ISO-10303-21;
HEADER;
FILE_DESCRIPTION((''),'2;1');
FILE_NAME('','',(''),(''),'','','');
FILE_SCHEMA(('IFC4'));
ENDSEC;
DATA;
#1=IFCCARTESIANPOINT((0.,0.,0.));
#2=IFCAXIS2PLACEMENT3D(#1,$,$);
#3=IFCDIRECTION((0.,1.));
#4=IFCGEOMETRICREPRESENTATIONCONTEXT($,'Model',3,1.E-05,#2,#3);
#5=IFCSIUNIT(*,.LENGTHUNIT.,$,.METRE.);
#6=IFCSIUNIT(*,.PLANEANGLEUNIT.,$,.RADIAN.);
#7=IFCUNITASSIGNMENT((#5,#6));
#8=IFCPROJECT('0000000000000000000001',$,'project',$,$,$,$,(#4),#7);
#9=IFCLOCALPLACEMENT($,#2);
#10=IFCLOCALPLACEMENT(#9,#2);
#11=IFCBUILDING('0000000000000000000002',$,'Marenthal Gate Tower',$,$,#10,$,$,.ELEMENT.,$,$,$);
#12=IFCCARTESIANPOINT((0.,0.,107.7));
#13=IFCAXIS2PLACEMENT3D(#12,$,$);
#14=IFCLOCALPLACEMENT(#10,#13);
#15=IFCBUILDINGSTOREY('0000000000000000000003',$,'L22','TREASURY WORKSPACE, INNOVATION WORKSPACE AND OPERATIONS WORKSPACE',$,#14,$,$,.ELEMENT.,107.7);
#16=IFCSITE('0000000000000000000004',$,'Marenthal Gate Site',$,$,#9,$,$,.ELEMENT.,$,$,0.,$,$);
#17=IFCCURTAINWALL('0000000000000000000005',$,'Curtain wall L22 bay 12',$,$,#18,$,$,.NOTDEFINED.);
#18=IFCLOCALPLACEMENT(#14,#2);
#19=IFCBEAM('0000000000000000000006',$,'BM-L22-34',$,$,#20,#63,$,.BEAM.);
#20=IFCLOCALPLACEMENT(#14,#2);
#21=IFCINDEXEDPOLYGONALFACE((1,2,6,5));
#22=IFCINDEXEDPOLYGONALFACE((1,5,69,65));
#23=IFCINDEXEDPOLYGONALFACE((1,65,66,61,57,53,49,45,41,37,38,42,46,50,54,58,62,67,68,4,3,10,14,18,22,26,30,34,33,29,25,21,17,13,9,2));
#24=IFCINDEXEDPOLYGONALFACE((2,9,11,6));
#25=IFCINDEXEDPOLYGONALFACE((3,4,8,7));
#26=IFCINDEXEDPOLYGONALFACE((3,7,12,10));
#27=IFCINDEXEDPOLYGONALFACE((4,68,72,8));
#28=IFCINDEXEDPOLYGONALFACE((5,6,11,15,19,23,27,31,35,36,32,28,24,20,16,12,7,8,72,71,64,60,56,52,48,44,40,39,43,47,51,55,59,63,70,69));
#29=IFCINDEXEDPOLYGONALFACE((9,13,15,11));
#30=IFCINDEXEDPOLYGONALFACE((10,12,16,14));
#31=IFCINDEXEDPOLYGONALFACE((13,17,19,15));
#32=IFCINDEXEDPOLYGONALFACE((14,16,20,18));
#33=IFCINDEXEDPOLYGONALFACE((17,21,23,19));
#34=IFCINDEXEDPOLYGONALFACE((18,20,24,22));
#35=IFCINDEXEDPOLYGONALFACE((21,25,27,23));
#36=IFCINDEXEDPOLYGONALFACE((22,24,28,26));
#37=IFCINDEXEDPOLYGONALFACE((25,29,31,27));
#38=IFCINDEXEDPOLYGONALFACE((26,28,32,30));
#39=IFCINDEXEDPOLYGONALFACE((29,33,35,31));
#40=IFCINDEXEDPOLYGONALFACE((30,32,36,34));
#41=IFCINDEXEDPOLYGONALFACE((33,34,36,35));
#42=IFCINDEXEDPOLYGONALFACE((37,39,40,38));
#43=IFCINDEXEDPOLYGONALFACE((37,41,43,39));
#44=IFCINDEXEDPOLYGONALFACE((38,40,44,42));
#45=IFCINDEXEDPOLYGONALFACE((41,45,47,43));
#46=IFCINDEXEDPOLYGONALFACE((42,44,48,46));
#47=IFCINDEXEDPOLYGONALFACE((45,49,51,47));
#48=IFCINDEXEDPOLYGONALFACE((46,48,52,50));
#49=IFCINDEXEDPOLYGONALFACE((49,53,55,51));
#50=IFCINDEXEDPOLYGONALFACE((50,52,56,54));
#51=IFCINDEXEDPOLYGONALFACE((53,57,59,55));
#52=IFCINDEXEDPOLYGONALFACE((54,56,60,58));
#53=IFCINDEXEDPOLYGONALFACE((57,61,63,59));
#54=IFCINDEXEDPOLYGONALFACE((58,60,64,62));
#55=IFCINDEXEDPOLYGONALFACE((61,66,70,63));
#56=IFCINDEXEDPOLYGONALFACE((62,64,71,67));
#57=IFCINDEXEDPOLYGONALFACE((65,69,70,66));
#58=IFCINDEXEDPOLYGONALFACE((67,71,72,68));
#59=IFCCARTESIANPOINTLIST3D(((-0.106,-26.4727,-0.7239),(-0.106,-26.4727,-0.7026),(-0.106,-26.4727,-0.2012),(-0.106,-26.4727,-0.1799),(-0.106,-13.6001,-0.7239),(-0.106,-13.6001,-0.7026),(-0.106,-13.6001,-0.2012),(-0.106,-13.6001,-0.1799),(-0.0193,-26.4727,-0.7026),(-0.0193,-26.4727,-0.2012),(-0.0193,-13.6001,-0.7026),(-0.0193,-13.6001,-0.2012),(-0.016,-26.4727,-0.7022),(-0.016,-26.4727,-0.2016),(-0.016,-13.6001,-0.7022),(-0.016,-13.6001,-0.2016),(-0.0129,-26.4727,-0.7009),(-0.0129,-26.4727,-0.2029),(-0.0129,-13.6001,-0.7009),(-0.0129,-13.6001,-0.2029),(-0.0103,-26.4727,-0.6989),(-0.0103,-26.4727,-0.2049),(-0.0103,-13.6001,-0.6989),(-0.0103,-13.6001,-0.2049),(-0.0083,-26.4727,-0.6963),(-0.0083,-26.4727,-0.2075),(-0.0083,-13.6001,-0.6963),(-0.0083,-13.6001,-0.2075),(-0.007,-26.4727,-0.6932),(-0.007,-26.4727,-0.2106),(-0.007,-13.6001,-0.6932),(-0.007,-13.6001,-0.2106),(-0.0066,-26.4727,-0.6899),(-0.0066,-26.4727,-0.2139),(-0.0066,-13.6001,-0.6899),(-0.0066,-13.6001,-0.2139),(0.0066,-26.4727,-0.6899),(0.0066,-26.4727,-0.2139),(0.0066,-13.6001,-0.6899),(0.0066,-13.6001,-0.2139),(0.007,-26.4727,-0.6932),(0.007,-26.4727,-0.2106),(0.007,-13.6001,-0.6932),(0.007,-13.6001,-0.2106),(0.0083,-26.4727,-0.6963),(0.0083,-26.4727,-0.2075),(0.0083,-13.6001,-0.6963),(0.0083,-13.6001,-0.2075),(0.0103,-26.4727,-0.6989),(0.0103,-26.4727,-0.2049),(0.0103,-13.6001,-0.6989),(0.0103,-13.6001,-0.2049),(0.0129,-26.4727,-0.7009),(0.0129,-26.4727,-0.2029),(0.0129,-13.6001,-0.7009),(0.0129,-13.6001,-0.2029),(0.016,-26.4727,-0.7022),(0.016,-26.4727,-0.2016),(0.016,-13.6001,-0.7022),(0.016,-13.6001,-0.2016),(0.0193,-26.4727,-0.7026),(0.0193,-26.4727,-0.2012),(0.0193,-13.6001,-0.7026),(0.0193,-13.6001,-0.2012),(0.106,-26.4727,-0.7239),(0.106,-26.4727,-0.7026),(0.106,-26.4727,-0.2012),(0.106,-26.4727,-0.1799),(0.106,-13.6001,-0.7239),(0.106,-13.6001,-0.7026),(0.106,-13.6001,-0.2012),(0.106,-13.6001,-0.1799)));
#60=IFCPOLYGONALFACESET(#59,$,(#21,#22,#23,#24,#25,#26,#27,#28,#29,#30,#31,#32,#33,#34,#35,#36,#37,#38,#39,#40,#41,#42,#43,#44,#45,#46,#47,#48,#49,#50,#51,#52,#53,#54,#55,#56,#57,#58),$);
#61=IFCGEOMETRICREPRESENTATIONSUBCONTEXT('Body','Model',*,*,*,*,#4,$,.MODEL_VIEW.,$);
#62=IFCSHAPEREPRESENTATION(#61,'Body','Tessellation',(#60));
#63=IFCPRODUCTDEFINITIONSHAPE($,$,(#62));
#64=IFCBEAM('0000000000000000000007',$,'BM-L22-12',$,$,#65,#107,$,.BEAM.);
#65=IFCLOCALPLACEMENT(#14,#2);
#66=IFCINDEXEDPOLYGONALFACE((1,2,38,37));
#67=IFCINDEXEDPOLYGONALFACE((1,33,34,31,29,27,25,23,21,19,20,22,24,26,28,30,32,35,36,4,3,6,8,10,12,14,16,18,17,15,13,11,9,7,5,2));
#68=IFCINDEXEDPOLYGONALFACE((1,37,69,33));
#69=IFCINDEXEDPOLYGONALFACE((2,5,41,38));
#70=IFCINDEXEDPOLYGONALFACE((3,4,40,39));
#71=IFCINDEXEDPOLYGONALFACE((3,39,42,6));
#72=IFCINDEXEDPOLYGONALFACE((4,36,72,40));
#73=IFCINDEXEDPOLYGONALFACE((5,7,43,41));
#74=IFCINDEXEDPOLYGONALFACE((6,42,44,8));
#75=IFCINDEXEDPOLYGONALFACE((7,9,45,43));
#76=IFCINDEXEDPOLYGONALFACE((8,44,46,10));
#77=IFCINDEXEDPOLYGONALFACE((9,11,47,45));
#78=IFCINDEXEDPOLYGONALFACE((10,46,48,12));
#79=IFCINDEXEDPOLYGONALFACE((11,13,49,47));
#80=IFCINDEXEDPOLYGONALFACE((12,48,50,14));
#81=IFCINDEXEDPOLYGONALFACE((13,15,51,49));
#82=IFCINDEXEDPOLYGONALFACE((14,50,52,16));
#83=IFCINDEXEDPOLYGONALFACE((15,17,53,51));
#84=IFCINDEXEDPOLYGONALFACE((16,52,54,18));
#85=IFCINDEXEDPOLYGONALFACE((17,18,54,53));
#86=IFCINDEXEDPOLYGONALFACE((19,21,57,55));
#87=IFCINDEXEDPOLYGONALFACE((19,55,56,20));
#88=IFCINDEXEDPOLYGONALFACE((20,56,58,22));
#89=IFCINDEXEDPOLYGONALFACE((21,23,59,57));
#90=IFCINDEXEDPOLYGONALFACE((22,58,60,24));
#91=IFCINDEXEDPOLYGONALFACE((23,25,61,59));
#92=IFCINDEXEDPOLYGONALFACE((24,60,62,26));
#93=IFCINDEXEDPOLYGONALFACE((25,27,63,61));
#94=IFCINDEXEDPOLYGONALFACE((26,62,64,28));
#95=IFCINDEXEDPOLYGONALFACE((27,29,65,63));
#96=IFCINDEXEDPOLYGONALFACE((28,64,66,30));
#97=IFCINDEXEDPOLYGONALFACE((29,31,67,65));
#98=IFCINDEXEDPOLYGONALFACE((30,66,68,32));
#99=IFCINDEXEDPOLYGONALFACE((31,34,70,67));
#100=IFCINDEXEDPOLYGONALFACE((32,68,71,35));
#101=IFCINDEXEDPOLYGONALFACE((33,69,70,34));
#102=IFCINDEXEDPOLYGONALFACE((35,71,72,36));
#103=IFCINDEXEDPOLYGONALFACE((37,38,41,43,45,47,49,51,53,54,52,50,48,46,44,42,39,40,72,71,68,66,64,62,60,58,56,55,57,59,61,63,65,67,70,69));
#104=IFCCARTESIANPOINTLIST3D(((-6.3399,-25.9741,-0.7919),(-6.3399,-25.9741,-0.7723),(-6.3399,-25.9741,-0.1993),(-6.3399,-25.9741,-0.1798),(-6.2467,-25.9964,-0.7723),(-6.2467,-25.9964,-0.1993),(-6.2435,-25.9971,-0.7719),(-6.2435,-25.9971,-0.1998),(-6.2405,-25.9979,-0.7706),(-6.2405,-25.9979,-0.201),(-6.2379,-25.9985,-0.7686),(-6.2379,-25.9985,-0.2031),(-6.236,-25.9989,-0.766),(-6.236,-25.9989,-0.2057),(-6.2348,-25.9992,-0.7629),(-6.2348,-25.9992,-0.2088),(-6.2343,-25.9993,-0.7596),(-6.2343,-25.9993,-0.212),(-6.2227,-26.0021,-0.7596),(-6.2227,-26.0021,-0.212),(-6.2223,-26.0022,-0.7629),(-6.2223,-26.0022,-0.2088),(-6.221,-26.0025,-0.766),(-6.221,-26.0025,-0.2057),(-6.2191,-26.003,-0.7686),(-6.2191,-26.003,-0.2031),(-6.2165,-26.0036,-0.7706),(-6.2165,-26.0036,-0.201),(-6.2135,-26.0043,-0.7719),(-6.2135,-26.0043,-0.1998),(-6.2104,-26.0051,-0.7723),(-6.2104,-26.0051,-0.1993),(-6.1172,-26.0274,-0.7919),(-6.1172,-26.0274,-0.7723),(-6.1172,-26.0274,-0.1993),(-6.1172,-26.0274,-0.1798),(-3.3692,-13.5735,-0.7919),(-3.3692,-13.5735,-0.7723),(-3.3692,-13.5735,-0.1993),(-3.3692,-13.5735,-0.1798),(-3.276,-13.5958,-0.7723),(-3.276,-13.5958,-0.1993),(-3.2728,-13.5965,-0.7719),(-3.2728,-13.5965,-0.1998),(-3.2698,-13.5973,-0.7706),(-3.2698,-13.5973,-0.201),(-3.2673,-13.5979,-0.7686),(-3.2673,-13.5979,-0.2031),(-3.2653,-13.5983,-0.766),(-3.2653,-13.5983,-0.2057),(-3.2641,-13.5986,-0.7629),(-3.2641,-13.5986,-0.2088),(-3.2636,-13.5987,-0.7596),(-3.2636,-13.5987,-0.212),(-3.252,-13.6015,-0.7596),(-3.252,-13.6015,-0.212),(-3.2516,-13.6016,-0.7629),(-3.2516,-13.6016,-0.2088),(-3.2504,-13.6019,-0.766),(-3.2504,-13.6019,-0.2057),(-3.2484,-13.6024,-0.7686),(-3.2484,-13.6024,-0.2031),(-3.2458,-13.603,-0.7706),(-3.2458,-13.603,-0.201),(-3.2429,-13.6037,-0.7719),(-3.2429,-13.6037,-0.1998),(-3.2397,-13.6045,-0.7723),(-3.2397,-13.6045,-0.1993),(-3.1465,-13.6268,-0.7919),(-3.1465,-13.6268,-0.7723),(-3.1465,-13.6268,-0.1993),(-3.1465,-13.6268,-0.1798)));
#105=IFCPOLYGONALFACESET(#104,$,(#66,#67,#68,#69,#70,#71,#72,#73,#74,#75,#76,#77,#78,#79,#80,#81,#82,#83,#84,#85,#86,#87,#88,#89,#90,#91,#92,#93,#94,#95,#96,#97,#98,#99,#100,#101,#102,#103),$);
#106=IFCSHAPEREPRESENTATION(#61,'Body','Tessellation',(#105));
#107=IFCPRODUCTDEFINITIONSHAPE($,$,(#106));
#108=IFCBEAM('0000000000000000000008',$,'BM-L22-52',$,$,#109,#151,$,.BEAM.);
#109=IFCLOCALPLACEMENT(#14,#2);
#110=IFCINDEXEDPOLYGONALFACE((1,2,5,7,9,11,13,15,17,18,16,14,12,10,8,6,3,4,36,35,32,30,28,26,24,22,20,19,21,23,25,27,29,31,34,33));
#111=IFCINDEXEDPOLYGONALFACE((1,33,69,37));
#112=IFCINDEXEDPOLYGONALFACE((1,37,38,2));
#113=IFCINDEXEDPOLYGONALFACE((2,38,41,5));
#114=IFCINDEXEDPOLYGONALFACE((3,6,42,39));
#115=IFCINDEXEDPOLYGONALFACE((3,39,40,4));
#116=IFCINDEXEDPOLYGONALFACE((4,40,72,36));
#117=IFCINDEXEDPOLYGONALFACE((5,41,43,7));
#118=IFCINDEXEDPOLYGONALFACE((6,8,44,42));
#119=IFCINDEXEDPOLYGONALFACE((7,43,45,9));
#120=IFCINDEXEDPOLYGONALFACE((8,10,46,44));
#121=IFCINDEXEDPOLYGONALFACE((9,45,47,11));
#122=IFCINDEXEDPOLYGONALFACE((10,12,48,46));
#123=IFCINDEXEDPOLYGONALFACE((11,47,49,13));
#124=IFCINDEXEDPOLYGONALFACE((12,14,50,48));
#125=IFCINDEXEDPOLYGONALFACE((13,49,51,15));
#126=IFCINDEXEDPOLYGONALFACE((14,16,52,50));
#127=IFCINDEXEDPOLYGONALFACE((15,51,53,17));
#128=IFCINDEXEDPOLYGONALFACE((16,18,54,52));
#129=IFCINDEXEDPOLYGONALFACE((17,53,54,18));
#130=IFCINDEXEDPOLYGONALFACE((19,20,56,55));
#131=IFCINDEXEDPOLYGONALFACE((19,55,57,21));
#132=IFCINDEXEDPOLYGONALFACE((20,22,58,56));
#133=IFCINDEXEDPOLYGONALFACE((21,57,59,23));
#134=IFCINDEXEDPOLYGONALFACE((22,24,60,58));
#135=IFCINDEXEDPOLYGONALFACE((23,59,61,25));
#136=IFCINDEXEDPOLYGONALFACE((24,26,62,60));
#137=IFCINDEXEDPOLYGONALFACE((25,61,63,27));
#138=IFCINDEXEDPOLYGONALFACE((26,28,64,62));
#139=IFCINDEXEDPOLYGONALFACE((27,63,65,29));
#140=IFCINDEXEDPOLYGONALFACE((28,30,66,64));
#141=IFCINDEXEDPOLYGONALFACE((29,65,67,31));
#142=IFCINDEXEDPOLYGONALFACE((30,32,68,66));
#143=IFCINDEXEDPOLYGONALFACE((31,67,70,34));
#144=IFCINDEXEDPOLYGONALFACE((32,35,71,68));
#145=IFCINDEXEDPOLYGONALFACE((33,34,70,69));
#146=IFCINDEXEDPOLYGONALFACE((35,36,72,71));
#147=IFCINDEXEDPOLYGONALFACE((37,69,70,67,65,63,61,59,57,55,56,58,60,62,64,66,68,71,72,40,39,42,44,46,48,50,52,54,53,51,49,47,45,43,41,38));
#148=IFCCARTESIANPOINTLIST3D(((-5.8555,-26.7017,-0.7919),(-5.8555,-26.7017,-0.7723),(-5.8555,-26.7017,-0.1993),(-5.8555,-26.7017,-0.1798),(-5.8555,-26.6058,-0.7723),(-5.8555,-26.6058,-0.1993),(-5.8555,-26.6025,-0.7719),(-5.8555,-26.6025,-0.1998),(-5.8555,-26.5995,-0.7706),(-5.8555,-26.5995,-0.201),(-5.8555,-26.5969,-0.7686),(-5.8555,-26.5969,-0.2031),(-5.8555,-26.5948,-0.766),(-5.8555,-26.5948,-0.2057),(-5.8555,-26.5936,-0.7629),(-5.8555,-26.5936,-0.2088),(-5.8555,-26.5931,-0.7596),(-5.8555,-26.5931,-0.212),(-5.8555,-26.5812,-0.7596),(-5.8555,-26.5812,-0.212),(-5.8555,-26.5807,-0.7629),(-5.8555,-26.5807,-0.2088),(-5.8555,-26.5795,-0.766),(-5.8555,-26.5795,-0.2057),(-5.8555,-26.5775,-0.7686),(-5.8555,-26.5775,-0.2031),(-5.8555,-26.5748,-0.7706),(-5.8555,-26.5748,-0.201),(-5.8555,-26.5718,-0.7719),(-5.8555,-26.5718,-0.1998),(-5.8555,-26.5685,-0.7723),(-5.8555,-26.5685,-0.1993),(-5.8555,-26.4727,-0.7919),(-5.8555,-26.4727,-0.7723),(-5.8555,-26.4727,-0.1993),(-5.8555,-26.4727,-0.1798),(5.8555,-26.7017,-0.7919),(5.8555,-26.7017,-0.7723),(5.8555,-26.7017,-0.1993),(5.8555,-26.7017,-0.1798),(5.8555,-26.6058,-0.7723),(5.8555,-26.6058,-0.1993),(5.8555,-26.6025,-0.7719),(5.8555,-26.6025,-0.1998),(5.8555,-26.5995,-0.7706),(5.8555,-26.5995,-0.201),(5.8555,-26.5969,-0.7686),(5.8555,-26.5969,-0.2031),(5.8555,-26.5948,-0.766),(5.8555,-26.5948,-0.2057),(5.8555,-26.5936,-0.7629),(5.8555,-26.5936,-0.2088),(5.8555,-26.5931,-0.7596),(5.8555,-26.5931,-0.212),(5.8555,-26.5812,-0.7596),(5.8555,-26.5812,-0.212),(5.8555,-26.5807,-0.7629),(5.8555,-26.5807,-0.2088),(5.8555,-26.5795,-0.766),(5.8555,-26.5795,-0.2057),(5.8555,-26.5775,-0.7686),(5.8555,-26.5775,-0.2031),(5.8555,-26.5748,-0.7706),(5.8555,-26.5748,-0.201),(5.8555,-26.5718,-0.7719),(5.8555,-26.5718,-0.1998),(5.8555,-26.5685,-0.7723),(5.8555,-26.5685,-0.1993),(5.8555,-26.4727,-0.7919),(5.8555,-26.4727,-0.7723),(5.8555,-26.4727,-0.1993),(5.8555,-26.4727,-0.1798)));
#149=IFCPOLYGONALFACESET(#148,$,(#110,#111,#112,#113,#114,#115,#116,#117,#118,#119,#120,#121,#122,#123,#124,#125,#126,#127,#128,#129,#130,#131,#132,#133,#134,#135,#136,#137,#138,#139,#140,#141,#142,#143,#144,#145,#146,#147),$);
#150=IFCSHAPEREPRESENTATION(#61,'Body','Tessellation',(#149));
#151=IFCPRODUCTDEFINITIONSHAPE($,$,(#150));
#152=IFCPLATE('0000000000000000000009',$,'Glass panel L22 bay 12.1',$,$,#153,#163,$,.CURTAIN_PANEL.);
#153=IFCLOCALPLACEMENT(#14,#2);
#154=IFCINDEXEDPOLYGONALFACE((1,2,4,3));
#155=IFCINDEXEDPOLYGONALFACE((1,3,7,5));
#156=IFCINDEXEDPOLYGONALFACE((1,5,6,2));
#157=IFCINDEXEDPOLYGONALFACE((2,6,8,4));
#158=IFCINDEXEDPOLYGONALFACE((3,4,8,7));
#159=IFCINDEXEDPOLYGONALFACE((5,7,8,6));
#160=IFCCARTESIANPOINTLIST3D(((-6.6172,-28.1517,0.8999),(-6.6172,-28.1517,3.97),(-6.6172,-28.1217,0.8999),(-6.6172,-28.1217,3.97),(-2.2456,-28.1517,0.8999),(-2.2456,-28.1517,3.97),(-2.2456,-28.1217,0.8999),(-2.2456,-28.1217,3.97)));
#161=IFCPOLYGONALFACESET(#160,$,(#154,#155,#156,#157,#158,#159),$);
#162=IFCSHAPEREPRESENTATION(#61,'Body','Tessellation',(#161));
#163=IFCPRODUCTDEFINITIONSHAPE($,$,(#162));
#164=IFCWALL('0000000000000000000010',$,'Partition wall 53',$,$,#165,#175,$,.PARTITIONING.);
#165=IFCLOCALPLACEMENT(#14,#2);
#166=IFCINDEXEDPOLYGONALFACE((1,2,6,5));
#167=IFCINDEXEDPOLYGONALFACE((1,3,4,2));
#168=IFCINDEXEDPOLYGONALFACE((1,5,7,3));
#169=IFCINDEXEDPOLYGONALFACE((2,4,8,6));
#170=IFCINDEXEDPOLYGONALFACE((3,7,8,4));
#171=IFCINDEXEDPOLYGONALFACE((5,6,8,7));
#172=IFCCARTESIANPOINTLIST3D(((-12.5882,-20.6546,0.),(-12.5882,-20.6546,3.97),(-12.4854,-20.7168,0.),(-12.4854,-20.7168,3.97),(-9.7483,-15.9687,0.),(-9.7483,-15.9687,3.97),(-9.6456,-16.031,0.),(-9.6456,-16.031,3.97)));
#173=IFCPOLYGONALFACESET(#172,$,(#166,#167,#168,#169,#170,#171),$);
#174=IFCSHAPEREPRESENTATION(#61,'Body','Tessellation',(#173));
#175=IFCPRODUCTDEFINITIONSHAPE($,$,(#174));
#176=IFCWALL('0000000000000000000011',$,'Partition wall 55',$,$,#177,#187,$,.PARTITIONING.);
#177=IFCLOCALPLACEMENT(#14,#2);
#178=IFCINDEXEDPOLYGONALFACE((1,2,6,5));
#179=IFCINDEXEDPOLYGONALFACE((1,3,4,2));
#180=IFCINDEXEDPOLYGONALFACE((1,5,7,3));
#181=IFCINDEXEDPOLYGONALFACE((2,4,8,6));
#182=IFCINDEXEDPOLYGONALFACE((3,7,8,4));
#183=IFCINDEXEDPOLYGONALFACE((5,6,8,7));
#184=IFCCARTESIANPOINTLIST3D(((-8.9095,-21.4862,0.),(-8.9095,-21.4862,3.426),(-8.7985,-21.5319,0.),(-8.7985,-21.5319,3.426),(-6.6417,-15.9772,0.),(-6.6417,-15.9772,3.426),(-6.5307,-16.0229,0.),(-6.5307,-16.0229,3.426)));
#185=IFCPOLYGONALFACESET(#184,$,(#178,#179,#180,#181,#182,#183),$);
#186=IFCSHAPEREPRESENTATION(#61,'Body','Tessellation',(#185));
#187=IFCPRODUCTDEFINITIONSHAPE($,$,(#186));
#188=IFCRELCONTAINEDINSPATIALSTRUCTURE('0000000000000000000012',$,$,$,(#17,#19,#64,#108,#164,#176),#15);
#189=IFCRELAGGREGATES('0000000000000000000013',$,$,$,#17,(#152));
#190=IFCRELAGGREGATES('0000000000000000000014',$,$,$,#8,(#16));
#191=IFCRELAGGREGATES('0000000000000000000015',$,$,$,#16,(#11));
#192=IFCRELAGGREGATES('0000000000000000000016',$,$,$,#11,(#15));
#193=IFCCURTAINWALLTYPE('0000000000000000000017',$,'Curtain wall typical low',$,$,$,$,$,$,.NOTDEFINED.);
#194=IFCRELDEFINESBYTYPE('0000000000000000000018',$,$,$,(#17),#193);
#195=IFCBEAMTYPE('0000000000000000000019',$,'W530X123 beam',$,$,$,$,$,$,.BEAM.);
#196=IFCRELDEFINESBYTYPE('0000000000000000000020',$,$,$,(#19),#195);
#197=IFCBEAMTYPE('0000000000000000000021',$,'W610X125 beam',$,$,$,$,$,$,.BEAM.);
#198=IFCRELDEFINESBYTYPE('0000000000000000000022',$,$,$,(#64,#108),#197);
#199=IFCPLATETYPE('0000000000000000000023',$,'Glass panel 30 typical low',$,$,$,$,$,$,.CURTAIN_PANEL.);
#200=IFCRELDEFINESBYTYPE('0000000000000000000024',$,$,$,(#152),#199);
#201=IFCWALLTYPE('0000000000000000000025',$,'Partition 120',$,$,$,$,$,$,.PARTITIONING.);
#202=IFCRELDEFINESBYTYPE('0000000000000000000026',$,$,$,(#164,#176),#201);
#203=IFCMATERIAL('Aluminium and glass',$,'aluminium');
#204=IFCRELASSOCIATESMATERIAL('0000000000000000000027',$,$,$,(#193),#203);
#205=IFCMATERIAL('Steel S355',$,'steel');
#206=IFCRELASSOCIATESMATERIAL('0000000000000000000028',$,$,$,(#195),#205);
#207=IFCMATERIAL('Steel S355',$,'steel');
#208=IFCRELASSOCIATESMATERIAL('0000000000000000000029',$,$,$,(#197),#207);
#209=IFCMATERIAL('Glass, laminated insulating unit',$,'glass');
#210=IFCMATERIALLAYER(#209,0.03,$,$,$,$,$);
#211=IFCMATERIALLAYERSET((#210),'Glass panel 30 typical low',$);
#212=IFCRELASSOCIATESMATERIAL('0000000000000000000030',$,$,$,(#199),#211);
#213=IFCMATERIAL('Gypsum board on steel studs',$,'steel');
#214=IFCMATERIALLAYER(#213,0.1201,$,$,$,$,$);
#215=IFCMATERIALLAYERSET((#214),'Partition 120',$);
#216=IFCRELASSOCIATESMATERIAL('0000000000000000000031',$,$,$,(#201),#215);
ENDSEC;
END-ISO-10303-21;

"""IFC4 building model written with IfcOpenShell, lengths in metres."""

from ifc_helpers import new_model, si_unit, direction, frame, frame_2d, origin, origin_2d, place, context, subcontext, project, spatial, rectangle, i_section, extrude, material, layer, layer_set, material_profile, profile_set, type_object, element, aggregate, save


model = new_model("IFC4")

# Units and contexts
model_context = context("Model", 3, precision=1e-05, world=origin(), true_north=direction((0.0, 1.0)))
body_context = subcontext(model_context, "Body", "Model", "MODEL_VIEW")
ifc_project = project(units=[si_unit("LENGTHUNIT", "METRE"), si_unit("PLANEANGLEUNIT", "RADIAN")], contexts=[model_context])

# Site, building, storey
site_placement = place(None, origin())
site = spatial("IfcSite", under=ifc_project, at=site_placement, Name="Marenthal Gate Site", CompositionType="ELEMENT", RefElevation=0.0)
building_placement = place(site_placement, origin())
building = spatial("IfcBuilding", under=site, at=building_placement, Name="Marenthal Gate Tower", CompositionType="ELEMENT")
storey_placement = place(building_placement, frame((0.0, 0.0, 107.7)))
storey = spatial("IfcBuildingStorey", under=building, at=storey_placement, Name="L22", Description="TREASURY WORKSPACE, INNOVATION WORKSPACE AND OPERATIONS WORKSPACE", CompositionType="ELEMENT", Elevation=107.7)

# Curtain wall
ifc_material_1 = material(Name="Aluminium and glass", Category="aluminium")
curtain_wall_type = type_object("IfcCurtainWallType", Name="Curtain wall typical low", PredefinedType="NOTDEFINED", material=ifc_material_1)
curtain_wall_placement = place(storey_placement, origin())
curtain_wall = element("IfcCurtainWall", 1, at=curtain_wall_placement, inside=storey, type_object=curtain_wall_type, Name="Curtain wall L22 bay 12", PredefinedType="NOTDEFINED")

# Beams
ifc_material_2 = material(Name="Steel S355", Category="steel")
ifc_material_profile_1 = material_profile(ifc_material_2, i_section(OverallWidth=0.2119, OverallDepth=0.5439, WebThickness=0.0132, FlangeThickness=0.0212, FilletRadius=0.0127, at=origin_2d()), Name="W530X123")
ifc_profile_set_1 = profile_set([ifc_material_profile_1], Name="Steel S355")
beam_type_1 = type_object("IfcBeamType", Name="W530X123 beam", PredefinedType="BEAM", material=ifc_profile_set_1)
beam_1_placement = place(storey_placement, frame((0.0, -26.4727, -0.4519), z_axis=(0.0, 1.0, 0.0), x_axis=(-1.0, 0.0, 0.0)))
element("IfcBeam", 2, at=beam_1_placement, inside=storey, type_object=beam_type_1, Name="BM-L22-34", PredefinedType="BEAM", context=body_context, shape_type="SweptSolid", body=[
    extrude(i_section(OverallWidth=0.2119, OverallDepth=0.5439, WebThickness=0.0132, FlangeThickness=0.0212, FilletRadius=0.0127, at=origin_2d()), origin(), (0.0, 0.0, 1.0), 12.8726),
])
ifc_material_3 = material(Name="Steel S355", Category="steel")
ifc_material_profile_2 = material_profile(ifc_material_3, i_section(OverallWidth=0.229, OverallDepth=0.6121, WebThickness=0.012, FlangeThickness=0.0195, FilletRadius=0.0127, at=origin_2d()), Name="W610X125")
ifc_profile_set_2 = profile_set([ifc_material_profile_2], Name="Steel S355")
beam_type_2 = type_object("IfcBeamType", Name="W610X125 beam", PredefinedType="BEAM", material=ifc_profile_set_2)
beam_2_placement = place(storey_placement, frame((-6.2285, -26.0007, -0.4858), z_axis=(0.232969, 0.972484, 0.0), x_axis=(-0.972484, 0.232969, 0.0)))
element("IfcBeam", 3, at=beam_2_placement, inside=storey, type_object=beam_type_2, Name="BM-L22-12", PredefinedType="BEAM", context=body_context, shape_type="SweptSolid", body=[
    extrude(i_section(OverallWidth=0.229, OverallDepth=0.6121, WebThickness=0.012, FlangeThickness=0.0195, FilletRadius=0.0127, at=origin_2d()), origin(), (0.0, 0.0, 1.0), 12.7515),
])
beam_3_placement = place(storey_placement, frame((-5.8555, -26.5872, -0.4858), z_axis=(1.0, 0.0, 0.0), x_axis=(0.0, 1.0, 0.0)))
element("IfcBeam", 4, at=beam_3_placement, inside=storey, type_object=beam_type_2, Name="BM-L22-52", PredefinedType="BEAM", context=body_context, shape_type="SweptSolid", body=[
    extrude(i_section(OverallWidth=0.229, OverallDepth=0.6121, WebThickness=0.012, FlangeThickness=0.0195, FilletRadius=0.0127, at=origin_2d()), origin(), (0.0, 0.0, 1.0), 11.7109),
])

# Plate
ifc_material_4 = material(Name="Glass, laminated insulating unit", Category="glass")
ifc_layer_1 = layer(ifc_material_4, 0.03)
ifc_layer_set_1 = layer_set([ifc_layer_1], Name="Glass panel 30 typical low")
plate_type = type_object("IfcPlateType", Name="Glass panel 30 typical low", PredefinedType="CURTAIN_PANEL", material=ifc_layer_set_1)
plate_placement = place(storey_placement, frame((-4.4314, -28.1367, 0.8999), z_axis=(0.0, 0.0, 1.0), x_axis=(1.0, 0.0, 0.0)))
plate = element("IfcPlate", 5, at=plate_placement, type_object=plate_type, Name="Glass panel L22 bay 12.1", PredefinedType="CURTAIN_PANEL", context=body_context, shape_type="SweptSolid", body=[
    extrude(rectangle(XDim=4.3716, YDim=0.03, at=origin_2d()), origin(), (0.0, 0.0, 1.0), 3.0701),
])
aggregate(curtain_wall, [plate])

# Walls
ifc_material_5 = material(Name="Gypsum board on steel studs", Category="steel")
ifc_layer_2 = layer(ifc_material_5, 0.1201)
ifc_layer_set_2 = layer_set([ifc_layer_2], Name="Partition 120")
wall_type = type_object("IfcWallType", Name="Partition 120", PredefinedType="PARTITIONING", material=ifc_layer_set_2)
wall_1_placement = place(storey_placement, frame((-12.5369, -20.6858, 0.0), z_axis=(0.0, 0.0, 1.0), x_axis=(0.518298, 0.8552, 0.0)))
element("IfcWall", 6, at=wall_1_placement, inside=storey, type_object=wall_type, Name="Partition wall 53", PredefinedType="PARTITIONING", context=body_context, shape_type="SweptSolid", body=[
    extrude(rectangle(XDim=5.4792, YDim=0.1201, at=frame_2d((2.7397, 0.0))), origin(), (0.0, 0.0, 1.0), 3.97),
])
wall_2_placement = place(storey_placement, frame((-8.854, -21.509, 0.0), z_axis=(0.0, 0.0, 1.0), x_axis=(0.380663, 0.924714, 0.0)))
element("IfcWall", 7, at=wall_2_placement, inside=storey, type_object=wall_type, Name="Partition wall 55", PredefinedType="PARTITIONING", context=body_context, shape_type="SweptSolid", body=[
    extrude(rectangle(XDim=5.9575, YDim=0.1201, at=frame_2d((2.9788, 0.0))), origin(), (0.0, 0.0, 1.0), 3.426),
])

save(model, "model.ifc")
